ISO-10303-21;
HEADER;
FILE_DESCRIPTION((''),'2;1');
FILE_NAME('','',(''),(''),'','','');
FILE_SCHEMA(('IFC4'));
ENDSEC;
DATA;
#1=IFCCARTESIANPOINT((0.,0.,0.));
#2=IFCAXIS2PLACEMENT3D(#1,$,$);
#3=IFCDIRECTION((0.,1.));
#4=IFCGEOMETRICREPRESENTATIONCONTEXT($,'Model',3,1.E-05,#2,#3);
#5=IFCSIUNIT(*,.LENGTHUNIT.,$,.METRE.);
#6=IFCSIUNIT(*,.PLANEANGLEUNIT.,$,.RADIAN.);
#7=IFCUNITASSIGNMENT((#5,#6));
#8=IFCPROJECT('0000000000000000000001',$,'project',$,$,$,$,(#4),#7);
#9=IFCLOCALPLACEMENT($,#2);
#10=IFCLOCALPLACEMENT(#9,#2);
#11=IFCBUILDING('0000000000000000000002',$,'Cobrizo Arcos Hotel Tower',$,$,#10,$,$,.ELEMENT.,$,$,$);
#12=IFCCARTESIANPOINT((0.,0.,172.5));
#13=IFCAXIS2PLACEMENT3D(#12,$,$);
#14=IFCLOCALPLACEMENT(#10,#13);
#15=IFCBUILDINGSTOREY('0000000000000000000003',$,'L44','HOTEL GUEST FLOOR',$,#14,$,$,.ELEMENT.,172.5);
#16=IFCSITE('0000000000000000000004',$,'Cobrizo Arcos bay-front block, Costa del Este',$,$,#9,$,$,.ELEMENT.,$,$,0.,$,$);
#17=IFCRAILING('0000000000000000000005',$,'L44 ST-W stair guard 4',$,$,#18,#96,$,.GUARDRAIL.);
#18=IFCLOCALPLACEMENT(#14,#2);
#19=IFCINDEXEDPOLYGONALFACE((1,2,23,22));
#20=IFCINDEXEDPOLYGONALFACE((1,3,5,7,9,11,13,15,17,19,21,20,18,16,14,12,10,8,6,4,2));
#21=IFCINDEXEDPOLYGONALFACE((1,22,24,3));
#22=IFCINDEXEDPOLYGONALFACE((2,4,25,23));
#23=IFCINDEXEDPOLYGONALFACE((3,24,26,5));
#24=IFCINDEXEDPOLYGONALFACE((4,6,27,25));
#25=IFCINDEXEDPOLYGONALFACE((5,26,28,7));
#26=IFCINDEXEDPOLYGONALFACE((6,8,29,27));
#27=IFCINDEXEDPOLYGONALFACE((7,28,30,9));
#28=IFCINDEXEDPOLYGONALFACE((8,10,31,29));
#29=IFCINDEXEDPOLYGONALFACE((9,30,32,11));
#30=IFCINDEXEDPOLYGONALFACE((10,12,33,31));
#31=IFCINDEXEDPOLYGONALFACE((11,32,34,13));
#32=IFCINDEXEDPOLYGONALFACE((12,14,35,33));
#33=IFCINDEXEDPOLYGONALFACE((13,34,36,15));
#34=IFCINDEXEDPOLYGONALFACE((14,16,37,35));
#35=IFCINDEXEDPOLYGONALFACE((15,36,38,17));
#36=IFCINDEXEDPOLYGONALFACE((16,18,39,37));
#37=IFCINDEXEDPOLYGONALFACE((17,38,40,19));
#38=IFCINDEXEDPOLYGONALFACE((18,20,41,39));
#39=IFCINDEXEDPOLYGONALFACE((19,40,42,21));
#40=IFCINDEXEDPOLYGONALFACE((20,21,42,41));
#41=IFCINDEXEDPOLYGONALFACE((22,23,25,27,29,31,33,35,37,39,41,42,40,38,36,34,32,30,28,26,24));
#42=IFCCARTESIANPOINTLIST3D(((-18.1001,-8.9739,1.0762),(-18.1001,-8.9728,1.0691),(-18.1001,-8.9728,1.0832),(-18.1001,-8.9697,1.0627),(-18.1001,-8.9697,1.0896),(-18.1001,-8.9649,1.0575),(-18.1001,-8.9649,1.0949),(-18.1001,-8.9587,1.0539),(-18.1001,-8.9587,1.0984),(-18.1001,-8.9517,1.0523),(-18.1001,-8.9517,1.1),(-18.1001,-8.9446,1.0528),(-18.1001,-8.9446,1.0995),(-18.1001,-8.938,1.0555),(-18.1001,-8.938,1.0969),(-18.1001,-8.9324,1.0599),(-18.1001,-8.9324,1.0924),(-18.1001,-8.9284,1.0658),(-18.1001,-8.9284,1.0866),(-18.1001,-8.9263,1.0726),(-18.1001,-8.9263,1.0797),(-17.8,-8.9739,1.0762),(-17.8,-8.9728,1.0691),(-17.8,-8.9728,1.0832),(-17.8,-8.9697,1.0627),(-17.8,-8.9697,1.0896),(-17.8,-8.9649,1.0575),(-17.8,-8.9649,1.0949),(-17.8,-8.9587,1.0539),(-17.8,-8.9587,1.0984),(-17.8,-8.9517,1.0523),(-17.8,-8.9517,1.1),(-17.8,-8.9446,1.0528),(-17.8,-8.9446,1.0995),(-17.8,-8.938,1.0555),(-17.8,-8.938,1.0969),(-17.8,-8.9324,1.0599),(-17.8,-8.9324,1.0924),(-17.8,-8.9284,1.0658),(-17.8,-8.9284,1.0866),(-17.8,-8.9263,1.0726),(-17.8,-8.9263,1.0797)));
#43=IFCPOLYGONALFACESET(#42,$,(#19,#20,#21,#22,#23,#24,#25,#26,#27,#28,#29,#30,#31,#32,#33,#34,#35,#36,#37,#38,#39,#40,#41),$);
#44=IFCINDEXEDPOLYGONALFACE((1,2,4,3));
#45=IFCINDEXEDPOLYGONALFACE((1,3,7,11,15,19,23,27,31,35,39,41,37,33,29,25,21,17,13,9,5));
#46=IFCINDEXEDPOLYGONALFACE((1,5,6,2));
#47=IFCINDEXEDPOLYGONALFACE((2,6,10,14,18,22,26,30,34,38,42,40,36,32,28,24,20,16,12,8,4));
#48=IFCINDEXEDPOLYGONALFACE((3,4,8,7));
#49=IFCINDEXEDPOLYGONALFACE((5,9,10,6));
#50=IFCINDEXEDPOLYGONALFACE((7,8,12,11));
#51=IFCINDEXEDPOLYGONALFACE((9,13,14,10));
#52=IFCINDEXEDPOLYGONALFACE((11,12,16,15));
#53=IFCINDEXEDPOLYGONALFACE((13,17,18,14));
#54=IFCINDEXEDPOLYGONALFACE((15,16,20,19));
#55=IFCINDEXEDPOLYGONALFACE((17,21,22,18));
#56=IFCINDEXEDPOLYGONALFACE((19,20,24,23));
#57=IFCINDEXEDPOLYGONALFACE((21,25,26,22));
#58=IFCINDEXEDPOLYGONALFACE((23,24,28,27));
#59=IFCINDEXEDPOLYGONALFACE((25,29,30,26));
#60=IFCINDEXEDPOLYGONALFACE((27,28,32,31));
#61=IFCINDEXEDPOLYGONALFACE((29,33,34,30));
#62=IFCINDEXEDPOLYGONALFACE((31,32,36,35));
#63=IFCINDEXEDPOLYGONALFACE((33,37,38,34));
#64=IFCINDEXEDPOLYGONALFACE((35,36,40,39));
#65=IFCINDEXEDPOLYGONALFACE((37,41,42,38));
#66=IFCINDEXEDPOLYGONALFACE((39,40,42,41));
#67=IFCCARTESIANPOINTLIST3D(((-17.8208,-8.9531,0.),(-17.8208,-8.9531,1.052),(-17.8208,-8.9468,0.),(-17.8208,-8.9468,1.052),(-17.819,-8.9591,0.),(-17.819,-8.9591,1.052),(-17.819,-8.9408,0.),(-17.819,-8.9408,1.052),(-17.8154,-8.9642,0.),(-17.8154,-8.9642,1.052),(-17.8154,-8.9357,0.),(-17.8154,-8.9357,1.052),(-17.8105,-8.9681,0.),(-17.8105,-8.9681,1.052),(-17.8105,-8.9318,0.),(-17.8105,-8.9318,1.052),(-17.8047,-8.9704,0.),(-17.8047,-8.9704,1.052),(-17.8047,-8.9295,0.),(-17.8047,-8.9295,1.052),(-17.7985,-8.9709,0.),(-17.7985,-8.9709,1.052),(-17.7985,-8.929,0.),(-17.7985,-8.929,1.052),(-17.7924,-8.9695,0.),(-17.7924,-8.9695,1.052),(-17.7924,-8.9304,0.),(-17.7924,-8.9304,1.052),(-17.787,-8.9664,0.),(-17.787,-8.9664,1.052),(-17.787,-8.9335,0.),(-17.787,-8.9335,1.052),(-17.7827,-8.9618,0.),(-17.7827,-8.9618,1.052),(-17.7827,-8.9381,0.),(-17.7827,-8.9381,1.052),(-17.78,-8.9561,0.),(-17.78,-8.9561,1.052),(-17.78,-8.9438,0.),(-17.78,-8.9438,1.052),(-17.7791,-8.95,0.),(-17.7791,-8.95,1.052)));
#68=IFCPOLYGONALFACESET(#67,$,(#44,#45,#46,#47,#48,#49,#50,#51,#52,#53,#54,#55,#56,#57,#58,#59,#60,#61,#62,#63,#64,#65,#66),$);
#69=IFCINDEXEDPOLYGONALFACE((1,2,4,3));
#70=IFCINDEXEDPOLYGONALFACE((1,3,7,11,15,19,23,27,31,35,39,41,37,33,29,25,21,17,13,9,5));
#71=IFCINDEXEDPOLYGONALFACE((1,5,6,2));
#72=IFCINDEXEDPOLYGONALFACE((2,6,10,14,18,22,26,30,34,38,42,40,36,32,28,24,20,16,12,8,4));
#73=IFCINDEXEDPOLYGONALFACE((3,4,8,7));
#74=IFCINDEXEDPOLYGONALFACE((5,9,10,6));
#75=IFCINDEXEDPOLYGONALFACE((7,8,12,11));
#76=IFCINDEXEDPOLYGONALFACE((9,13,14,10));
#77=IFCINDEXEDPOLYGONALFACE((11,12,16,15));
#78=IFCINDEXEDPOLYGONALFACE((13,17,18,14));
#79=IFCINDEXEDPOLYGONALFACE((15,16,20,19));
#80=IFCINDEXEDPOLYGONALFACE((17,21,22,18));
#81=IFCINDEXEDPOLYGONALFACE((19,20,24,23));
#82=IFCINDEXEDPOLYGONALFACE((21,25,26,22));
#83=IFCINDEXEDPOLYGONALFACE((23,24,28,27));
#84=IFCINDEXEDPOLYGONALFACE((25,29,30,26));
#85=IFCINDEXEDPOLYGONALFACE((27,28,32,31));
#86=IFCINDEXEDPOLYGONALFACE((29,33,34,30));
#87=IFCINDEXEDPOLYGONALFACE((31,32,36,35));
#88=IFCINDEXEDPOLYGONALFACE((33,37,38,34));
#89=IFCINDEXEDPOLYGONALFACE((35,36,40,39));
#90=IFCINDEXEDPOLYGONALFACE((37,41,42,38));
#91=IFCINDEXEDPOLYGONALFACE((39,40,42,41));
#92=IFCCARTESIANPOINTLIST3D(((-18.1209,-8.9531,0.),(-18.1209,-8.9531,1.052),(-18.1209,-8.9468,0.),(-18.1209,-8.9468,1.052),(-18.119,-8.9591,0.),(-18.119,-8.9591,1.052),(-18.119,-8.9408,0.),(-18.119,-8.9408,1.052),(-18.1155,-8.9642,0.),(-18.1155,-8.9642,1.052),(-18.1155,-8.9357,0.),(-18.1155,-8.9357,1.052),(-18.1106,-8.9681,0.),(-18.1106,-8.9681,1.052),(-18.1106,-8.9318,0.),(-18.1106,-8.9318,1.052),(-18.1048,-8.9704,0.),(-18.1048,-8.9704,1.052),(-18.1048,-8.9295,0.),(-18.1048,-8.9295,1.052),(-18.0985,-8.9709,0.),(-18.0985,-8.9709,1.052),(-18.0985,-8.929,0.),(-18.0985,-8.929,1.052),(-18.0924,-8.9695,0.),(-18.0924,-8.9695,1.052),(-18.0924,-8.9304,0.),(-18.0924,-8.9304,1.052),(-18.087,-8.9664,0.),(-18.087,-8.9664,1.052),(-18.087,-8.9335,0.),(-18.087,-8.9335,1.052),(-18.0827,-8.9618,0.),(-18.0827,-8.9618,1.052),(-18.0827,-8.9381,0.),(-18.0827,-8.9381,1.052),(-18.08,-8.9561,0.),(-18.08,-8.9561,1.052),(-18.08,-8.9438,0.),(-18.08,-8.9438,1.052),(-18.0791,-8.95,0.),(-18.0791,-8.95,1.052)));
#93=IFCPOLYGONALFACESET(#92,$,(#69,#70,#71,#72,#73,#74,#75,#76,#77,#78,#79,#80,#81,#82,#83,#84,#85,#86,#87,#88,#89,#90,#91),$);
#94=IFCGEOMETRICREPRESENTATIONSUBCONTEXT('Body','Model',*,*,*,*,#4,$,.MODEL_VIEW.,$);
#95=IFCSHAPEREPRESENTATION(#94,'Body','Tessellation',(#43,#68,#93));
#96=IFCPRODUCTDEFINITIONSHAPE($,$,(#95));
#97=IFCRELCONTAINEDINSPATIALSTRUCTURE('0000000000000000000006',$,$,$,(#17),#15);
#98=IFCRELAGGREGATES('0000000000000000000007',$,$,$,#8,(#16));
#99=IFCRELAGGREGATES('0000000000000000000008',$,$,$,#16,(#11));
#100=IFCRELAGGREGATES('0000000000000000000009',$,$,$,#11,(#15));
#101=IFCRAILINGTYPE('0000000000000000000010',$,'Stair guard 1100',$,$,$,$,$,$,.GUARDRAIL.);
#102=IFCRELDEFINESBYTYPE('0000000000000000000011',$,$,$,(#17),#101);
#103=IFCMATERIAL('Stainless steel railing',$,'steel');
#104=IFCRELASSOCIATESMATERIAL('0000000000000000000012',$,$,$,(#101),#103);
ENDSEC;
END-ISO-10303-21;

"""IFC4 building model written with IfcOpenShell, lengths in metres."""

from ifc_helpers import new_model, si_unit, direction, frame, origin, origin_2d, place, context, subcontext, project, spatial, circle, extrude, material, type_object, element, save


model = new_model("IFC4")

# Units and contexts
model_context = context("Model", 3, precision=1e-05, world=origin(), true_north=direction((0.0, 1.0)))
body_context = subcontext(model_context, "Body", "Model", "MODEL_VIEW")
ifc_project = project(units=[si_unit("LENGTHUNIT", "METRE"), si_unit("PLANEANGLEUNIT", "RADIAN")], contexts=[model_context])

# Site, building, storey
site_placement = place(None, origin())
site = spatial("IfcSite", under=ifc_project, at=site_placement, Name="Cobrizo Arcos bay-front block, Costa del Este", CompositionType="ELEMENT", RefElevation=0.0)
building_placement = place(site_placement, origin())
building = spatial("IfcBuilding", under=site, at=building_placement, Name="Cobrizo Arcos Hotel Tower", CompositionType="ELEMENT")
storey_placement = place(building_placement, frame((0.0, 0.0, 172.5)))
storey = spatial("IfcBuildingStorey", under=building, at=storey_placement, Name="L44", Description="HOTEL GUEST FLOOR", CompositionType="ELEMENT", Elevation=172.5)

# Railing
ifc_material_1 = material(Name="Stainless steel railing", Category="steel")
railing_type_1 = type_object("IfcRailingType", Name="Stair guard 1100", PredefinedType="GUARDRAIL", material=ifc_material_1)
railing_1_placement = place(storey_placement, frame((-17.8, -8.95, 0.0)))
element("IfcRailing", 1, at=railing_1_placement, inside=storey, type_object=railing_type_1, Name="L44 ST-W stair guard 4", PredefinedType="GUARDRAIL", context=body_context, shape_type="SweptSolid", body=[
    extrude(circle(Radius=0.0239, at=origin_2d()), frame((0.0, 0.0, 1.0762), z_axis=(-1.0, 0.0, 0.0), x_axis=(0.0, -1.0, 0.0)), (0.0, 0.0, 1.0), 0.3),
    extrude(circle(Radius=0.021, at=origin_2d()), origin(), (0.0, 0.0, 1.0), 1.052),
    extrude(circle(Radius=0.021, at=origin_2d()), frame((-0.3, 0.0, 0.0)), (0.0, 0.0, 1.0), 1.052),
])

save(model, "model.ifc")
